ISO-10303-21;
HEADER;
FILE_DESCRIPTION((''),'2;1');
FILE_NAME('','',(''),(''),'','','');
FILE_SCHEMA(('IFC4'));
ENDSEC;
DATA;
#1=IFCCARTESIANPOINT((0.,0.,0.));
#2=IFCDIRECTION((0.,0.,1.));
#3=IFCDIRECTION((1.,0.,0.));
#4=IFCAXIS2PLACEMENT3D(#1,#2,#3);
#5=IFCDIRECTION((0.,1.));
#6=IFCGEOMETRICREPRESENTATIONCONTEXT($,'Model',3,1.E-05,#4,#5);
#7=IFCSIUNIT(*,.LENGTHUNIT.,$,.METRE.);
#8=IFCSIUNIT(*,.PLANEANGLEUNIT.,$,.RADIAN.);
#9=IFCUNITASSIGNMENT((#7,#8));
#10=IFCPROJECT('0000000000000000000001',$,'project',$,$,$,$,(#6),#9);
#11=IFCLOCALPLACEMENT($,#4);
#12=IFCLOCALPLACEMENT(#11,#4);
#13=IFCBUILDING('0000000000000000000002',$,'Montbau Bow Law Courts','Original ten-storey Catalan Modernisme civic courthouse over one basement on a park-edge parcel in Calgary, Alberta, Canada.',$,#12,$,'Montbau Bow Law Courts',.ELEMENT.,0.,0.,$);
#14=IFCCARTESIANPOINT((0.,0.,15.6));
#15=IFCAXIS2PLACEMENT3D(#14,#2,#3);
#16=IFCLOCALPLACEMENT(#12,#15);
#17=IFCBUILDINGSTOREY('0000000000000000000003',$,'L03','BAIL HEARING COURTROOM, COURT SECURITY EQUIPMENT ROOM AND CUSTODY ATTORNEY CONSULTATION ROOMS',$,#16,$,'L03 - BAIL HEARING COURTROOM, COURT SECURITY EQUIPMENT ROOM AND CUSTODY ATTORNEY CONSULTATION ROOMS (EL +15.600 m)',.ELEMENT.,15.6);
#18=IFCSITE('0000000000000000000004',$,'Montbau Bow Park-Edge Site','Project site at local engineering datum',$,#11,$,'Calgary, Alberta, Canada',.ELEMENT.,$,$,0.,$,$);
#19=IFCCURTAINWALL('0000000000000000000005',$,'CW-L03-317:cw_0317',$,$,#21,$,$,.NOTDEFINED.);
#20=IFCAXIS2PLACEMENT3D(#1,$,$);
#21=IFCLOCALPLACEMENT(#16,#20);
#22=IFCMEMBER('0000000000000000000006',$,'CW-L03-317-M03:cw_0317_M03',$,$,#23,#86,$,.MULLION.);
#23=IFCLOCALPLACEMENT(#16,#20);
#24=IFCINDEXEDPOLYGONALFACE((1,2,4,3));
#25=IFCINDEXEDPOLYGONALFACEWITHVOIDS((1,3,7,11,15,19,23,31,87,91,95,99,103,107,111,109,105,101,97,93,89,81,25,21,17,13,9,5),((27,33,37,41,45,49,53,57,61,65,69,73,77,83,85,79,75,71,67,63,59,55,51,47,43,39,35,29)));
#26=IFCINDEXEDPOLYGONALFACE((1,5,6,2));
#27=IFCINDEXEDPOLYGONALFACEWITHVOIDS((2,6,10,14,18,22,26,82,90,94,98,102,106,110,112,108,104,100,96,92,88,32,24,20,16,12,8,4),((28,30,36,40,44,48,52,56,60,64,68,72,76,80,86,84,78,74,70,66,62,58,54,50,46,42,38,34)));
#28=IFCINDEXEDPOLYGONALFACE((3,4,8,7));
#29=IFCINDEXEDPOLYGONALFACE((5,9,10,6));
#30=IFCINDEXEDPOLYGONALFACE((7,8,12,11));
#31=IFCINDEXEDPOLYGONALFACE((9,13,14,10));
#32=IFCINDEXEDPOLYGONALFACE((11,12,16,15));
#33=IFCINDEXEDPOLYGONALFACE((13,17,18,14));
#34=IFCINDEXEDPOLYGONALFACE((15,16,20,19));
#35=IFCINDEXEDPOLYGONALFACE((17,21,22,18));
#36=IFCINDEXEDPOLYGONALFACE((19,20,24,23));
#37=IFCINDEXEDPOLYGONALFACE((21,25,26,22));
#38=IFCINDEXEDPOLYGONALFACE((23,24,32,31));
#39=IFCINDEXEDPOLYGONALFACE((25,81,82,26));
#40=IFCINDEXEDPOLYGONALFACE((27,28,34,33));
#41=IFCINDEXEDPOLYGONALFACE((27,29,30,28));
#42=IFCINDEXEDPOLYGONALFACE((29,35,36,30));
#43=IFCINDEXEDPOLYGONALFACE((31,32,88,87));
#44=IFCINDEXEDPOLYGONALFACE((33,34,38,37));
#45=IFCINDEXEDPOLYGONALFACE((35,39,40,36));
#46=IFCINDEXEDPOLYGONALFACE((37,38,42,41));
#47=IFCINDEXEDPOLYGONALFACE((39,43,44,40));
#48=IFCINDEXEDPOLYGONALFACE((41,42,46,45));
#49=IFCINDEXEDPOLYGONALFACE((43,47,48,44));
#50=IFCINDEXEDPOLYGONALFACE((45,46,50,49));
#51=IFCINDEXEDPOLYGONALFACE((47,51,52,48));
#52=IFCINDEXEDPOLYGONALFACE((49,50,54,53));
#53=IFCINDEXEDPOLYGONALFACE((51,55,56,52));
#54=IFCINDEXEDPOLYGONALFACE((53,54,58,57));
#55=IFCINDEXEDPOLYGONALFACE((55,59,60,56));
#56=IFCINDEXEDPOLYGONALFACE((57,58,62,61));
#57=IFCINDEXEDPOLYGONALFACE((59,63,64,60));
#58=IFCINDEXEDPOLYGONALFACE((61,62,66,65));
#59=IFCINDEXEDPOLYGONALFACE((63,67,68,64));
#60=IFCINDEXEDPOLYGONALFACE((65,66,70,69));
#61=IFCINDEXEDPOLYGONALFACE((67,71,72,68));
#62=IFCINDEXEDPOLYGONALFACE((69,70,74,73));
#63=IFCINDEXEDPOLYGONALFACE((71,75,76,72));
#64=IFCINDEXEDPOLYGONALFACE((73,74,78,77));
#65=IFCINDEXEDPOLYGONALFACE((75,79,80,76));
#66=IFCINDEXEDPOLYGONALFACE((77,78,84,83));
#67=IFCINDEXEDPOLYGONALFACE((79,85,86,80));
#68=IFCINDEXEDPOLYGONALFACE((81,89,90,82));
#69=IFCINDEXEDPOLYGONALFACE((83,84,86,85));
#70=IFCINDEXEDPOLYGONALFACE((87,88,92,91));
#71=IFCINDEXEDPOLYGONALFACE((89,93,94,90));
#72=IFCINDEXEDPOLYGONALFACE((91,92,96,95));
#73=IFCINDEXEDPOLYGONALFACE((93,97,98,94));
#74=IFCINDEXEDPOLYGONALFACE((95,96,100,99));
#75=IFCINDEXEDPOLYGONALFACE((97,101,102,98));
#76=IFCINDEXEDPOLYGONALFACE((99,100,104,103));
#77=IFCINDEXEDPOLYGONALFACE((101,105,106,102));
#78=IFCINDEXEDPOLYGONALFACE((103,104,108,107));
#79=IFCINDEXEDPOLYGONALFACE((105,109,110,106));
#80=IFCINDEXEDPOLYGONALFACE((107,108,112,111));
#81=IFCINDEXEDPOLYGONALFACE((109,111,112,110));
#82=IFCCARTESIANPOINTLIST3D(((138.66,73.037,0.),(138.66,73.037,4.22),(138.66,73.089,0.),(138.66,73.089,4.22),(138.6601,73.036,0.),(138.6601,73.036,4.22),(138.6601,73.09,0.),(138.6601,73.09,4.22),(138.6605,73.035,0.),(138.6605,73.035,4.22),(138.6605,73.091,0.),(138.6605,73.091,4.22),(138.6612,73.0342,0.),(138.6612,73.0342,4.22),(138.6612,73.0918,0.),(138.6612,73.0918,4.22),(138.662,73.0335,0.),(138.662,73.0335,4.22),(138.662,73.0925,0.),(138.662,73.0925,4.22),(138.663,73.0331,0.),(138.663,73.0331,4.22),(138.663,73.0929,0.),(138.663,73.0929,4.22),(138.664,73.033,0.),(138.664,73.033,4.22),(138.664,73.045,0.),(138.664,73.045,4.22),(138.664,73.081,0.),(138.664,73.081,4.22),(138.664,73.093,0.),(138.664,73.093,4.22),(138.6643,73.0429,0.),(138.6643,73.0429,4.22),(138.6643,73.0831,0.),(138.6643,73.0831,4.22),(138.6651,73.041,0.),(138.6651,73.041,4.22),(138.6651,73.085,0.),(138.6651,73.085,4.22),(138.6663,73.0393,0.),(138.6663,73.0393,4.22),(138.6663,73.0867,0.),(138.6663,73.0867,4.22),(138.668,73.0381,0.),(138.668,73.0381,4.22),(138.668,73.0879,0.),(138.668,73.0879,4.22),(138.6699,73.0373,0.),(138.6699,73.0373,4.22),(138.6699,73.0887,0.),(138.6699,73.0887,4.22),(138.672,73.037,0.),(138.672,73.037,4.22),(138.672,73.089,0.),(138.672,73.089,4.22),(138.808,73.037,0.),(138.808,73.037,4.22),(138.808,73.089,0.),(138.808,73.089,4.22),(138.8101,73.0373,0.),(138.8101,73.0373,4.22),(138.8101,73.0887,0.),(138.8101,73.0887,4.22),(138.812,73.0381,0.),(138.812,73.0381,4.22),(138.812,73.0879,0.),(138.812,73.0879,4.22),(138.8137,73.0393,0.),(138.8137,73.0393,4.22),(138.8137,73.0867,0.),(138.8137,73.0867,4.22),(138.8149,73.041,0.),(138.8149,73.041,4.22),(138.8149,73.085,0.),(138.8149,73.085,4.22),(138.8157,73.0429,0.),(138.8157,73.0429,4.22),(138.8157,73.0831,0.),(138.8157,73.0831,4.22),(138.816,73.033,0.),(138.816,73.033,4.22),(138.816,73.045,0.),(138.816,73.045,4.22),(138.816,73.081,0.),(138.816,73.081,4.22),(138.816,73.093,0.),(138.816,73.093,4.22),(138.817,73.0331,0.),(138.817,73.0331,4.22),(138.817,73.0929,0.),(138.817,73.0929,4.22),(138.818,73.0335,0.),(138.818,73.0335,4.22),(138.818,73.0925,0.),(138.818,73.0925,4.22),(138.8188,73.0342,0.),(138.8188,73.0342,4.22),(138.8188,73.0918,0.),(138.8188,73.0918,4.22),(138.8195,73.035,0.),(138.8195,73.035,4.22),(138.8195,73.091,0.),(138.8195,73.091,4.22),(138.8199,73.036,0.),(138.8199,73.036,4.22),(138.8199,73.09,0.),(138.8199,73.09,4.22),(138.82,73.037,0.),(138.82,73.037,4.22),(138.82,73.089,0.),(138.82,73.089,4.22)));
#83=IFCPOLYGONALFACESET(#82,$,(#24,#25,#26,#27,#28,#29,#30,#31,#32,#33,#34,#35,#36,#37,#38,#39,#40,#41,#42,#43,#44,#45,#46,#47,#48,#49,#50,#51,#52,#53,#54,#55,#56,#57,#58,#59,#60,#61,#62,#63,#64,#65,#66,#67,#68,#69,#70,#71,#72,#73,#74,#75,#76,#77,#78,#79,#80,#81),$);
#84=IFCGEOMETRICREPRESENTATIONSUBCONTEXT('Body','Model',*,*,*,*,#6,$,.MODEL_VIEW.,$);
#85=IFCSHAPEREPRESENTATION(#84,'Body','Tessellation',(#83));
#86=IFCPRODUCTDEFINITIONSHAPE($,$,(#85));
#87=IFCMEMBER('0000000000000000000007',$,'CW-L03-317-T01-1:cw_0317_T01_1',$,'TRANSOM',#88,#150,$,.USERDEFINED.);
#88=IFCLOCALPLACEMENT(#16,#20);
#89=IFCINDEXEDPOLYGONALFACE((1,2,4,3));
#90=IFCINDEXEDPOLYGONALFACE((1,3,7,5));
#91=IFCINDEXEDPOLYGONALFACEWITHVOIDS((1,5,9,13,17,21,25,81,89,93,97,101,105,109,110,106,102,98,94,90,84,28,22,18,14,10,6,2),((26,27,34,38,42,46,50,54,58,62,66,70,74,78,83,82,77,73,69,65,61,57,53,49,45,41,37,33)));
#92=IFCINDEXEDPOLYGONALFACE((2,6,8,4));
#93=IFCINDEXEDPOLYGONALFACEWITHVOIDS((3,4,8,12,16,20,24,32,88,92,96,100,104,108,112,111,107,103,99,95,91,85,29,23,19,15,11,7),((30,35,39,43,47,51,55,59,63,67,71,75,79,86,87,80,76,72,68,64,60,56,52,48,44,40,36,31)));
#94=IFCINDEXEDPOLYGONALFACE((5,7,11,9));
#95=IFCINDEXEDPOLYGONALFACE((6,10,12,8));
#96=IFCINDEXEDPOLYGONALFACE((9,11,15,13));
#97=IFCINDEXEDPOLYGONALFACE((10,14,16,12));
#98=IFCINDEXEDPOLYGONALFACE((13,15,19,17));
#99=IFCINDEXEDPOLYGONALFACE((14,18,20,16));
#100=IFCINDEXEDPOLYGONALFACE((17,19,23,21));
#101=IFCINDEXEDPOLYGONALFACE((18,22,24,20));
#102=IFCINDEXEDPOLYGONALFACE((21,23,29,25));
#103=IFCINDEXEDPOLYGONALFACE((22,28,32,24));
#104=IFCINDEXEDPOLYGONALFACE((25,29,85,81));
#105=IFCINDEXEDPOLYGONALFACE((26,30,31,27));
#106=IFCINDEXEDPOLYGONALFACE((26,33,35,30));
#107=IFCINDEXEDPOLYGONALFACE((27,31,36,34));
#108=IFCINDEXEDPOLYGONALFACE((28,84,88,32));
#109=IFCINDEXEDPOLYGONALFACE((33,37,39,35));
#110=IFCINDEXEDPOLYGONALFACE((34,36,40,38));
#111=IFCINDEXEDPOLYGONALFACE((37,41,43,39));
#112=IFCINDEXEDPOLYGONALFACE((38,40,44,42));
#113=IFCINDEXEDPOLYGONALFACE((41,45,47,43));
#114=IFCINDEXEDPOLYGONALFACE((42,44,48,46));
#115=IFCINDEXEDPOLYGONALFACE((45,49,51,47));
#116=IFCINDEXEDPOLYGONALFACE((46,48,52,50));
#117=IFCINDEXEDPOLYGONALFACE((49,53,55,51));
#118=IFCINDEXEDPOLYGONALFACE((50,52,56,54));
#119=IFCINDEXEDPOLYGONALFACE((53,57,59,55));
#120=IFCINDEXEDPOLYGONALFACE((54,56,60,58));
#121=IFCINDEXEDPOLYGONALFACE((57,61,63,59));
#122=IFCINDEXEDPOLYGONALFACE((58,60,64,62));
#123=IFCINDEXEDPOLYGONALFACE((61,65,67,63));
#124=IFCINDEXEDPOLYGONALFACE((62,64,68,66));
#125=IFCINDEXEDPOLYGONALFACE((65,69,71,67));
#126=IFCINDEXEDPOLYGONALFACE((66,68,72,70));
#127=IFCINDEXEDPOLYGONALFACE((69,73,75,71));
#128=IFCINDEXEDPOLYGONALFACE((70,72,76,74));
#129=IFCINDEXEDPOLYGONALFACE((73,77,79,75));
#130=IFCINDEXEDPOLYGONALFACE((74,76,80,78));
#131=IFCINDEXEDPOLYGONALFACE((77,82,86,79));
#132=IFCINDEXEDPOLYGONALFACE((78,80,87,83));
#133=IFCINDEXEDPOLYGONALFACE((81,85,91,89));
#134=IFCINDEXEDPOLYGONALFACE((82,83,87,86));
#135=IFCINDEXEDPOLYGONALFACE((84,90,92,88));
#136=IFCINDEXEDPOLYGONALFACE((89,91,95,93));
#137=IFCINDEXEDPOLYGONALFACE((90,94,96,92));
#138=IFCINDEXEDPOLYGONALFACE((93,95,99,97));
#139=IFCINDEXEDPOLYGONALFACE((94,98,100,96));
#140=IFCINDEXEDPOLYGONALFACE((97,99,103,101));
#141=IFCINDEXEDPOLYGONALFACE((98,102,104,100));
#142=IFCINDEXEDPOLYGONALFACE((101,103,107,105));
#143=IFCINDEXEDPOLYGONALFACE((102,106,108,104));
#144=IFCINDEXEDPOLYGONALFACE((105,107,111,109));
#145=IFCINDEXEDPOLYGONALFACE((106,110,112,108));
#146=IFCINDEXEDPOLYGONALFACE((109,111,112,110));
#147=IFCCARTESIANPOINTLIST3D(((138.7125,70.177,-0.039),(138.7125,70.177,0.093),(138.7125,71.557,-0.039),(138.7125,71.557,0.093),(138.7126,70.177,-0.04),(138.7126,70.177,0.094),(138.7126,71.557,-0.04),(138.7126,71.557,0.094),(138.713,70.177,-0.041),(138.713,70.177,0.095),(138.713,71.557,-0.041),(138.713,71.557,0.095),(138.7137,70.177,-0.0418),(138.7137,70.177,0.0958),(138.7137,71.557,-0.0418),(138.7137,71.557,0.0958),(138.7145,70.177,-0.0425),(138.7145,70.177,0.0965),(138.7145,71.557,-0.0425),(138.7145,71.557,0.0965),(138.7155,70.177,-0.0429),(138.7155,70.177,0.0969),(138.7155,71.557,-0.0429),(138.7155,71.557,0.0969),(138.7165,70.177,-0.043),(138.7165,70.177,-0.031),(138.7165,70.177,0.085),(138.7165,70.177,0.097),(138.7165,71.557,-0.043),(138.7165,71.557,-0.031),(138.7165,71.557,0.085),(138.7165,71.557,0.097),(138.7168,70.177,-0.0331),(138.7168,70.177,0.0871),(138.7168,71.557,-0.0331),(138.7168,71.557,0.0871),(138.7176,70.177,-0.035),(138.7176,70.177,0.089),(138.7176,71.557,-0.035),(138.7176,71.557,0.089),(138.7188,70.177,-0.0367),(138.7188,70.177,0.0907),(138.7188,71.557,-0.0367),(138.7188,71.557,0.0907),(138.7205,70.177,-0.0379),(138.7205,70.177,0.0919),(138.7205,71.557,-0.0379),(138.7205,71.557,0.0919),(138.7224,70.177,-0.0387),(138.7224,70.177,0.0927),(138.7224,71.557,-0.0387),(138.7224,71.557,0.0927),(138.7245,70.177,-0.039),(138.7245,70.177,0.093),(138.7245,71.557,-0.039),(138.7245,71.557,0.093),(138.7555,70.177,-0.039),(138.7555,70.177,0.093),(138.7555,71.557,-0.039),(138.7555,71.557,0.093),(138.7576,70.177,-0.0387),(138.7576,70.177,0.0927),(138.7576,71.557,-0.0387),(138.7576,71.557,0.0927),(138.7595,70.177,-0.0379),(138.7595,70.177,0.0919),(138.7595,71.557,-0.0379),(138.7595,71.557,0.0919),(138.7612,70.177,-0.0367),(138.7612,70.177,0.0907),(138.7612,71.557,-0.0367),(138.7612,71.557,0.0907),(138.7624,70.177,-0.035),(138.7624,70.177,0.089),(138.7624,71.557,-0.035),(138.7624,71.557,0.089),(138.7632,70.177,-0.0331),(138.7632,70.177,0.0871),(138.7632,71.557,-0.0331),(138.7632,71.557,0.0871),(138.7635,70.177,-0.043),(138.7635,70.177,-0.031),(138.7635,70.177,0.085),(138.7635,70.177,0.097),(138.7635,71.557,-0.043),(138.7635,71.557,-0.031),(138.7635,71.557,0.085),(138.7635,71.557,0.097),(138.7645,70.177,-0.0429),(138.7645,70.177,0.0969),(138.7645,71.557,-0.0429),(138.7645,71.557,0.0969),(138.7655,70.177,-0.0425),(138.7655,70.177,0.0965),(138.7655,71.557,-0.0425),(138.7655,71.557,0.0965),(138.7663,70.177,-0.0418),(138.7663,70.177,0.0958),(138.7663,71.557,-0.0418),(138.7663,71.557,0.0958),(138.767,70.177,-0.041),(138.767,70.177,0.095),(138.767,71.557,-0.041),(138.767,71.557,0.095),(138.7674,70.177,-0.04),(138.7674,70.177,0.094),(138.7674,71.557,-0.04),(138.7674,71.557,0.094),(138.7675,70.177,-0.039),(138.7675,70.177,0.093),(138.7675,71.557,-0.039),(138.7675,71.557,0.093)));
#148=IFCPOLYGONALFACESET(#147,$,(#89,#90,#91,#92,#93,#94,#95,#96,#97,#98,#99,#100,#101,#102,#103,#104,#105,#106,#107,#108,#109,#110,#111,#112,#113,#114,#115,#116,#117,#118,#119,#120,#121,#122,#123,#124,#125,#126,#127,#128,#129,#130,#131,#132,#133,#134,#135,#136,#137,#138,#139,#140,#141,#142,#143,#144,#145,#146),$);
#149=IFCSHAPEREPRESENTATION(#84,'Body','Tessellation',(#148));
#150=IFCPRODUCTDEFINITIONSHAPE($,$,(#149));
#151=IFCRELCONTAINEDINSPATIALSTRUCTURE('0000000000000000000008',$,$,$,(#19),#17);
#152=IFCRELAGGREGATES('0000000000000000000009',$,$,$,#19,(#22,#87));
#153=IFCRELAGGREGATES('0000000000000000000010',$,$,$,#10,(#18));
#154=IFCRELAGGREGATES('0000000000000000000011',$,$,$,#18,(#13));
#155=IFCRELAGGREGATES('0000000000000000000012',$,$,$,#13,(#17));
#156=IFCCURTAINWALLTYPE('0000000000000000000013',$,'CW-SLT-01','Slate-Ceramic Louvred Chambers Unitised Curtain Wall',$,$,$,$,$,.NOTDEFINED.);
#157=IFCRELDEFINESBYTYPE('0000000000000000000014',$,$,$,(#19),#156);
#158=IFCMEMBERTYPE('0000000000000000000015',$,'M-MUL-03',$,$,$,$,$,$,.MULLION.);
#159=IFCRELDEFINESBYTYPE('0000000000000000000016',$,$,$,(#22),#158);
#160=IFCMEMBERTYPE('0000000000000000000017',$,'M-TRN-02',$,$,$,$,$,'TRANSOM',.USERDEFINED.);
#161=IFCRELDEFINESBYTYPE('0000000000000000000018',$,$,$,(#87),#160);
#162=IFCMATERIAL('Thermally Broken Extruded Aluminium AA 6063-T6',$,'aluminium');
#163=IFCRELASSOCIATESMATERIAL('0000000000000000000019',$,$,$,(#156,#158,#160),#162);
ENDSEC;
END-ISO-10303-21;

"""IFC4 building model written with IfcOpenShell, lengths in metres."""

from ifc_helpers import new_model, si_unit, direction, frame, origin_with_axes, origin_2d_with_axis, place, context, subcontext, project, spatial, hollow_rectangle, extrude, material, material_profile, profile_set, type_object, element, aggregate, save


model = new_model("IFC4")

# Units and contexts
model_context = context("Model", 3, precision=1e-05, world=origin_with_axes(), true_north=direction((0.0, 1.0)))
body_context = subcontext(model_context, "Body", "Model", "MODEL_VIEW")
ifc_project = project(units=[si_unit("LENGTHUNIT", "METRE"), si_unit("PLANEANGLEUNIT", "RADIAN")], contexts=[model_context])

# Site, building, storey
site_placement = place(None, origin_with_axes())
site = spatial("IfcSite", under=ifc_project, at=site_placement, Name="Montbau Bow Park-Edge Site", Description="Project site at local engineering datum", LongName="Calgary, Alberta, Canada", CompositionType="ELEMENT", RefElevation=0.0)
building_placement = place(site_placement, origin_with_axes())
building = spatial("IfcBuilding", under=site, at=building_placement, Name="Montbau Bow Law Courts", Description="Original ten-storey Catalan Modernisme civic courthouse over one basement on a park-edge parcel in Calgary, Alberta, Canada.", LongName="Montbau Bow Law Courts", CompositionType="ELEMENT", ElevationOfRefHeight=0.0, ElevationOfTerrain=0.0)
storey_placement = place(building_placement, frame((0.0, 0.0, 15.6), z_axis=(0.0, 0.0, 1.0), x_axis=(1.0, 0.0, 0.0)))
storey = spatial("IfcBuildingStorey", under=building, at=storey_placement, Name="L03", Description="BAIL HEARING COURTROOM, COURT SECURITY EQUIPMENT ROOM AND CUSTODY ATTORNEY CONSULTATION ROOMS", LongName="L03 - BAIL HEARING COURTROOM, COURT SECURITY EQUIPMENT ROOM AND CUSTODY ATTORNEY CONSULTATION ROOMS (EL +15.600 m)", CompositionType="ELEMENT", Elevation=15.6)

# Curtain wall, members
ifc_material_1 = material(Name="Thermally Broken Extruded Aluminium AA 6063-T6", Category="aluminium")
curtain_wall_type = type_object("IfcCurtainWallType", Name="CW-SLT-01", Description="Slate-Ceramic Louvred Chambers Unitised Curtain Wall", PredefinedType="NOTDEFINED", material=ifc_material_1)
curtain_wall_placement = place(None, frame((138.74, 70.115, 15.6), z_axis=(0.0, 0.0, 1.0), x_axis=(1.0, 0.0, 0.0)))
curtain_wall = element("IfcCurtainWall", 1, at=curtain_wall_placement, inside=storey, type_object=curtain_wall_type, Name="CW-L03-317:cw_0317", PredefinedType="NOTDEFINED")
ifc_material_profile_1 = material_profile(ifc_material_1, hollow_rectangle(XDim=0.06, YDim=0.16, WallThickness=0.004, InnerFilletRadius=0.008, OuterFilletRadius=0.004, at=origin_2d_with_axis()), Name="CWM-160X60", Category="Main", Priority=0)
ifc_profile_set_1 = profile_set([ifc_material_profile_1], Name="Thermally Broken Extruded Aluminium AA 6063-T6")
member_type_1 = type_object("IfcMemberType", Name="M-MUL-03", PredefinedType="MULLION", material=ifc_profile_set_1)
member_1_placement = place(None, frame((138.74, 73.063, 15.6), z_axis=(0.0, 0.0, 1.0), x_axis=(0.0, 1.0, 0.0)))
member_1 = element("IfcMember", 2, at=member_1_placement, type_object=member_type_1, Name="CW-L03-317-M03:cw_0317_M03", PredefinedType="MULLION", context=body_context, shape_type="SweptSolid", body=[
    extrude(hollow_rectangle(XDim=0.06, YDim=0.16, WallThickness=0.004, InnerFilletRadius=0.008, OuterFilletRadius=0.004, at=origin_2d_with_axis()), origin_with_axes(), (0.0, 0.0, 1.0), 4.22),
])
ifc_material_profile_2 = material_profile(ifc_material_1, hollow_rectangle(XDim=0.055, YDim=0.14, WallThickness=0.004, InnerFilletRadius=0.008, OuterFilletRadius=0.004, at=origin_2d_with_axis()), Name="CWT-140X55", Category="Main", Priority=0)
ifc_profile_set_2 = profile_set([ifc_material_profile_2], Name="Thermally Broken Extruded Aluminium AA 6063-T6")
member_type_2 = type_object("IfcMemberType", Name="M-TRN-02", ElementType="TRANSOM", PredefinedType="USERDEFINED", material=ifc_profile_set_2)
member_2_placement = place(None, frame((138.74, 70.177, 15.627), z_axis=(0.0, 1.0, 0.0), x_axis=(-1.0, 0.0, 0.0)))
member_2 = element("IfcMember", 3, at=member_2_placement, type_object=member_type_2, Name="CW-L03-317-T01-1:cw_0317_T01_1", ObjectType="TRANSOM", PredefinedType="USERDEFINED", context=body_context, shape_type="SweptSolid", body=[
    extrude(hollow_rectangle(XDim=0.055, YDim=0.14, WallThickness=0.004, InnerFilletRadius=0.008, OuterFilletRadius=0.004, at=origin_2d_with_axis()), origin_with_axes(), (0.0, 0.0, 1.0), 1.38),
])
aggregate(curtain_wall, [member_1, member_2])

save(model, "model.ifc")
